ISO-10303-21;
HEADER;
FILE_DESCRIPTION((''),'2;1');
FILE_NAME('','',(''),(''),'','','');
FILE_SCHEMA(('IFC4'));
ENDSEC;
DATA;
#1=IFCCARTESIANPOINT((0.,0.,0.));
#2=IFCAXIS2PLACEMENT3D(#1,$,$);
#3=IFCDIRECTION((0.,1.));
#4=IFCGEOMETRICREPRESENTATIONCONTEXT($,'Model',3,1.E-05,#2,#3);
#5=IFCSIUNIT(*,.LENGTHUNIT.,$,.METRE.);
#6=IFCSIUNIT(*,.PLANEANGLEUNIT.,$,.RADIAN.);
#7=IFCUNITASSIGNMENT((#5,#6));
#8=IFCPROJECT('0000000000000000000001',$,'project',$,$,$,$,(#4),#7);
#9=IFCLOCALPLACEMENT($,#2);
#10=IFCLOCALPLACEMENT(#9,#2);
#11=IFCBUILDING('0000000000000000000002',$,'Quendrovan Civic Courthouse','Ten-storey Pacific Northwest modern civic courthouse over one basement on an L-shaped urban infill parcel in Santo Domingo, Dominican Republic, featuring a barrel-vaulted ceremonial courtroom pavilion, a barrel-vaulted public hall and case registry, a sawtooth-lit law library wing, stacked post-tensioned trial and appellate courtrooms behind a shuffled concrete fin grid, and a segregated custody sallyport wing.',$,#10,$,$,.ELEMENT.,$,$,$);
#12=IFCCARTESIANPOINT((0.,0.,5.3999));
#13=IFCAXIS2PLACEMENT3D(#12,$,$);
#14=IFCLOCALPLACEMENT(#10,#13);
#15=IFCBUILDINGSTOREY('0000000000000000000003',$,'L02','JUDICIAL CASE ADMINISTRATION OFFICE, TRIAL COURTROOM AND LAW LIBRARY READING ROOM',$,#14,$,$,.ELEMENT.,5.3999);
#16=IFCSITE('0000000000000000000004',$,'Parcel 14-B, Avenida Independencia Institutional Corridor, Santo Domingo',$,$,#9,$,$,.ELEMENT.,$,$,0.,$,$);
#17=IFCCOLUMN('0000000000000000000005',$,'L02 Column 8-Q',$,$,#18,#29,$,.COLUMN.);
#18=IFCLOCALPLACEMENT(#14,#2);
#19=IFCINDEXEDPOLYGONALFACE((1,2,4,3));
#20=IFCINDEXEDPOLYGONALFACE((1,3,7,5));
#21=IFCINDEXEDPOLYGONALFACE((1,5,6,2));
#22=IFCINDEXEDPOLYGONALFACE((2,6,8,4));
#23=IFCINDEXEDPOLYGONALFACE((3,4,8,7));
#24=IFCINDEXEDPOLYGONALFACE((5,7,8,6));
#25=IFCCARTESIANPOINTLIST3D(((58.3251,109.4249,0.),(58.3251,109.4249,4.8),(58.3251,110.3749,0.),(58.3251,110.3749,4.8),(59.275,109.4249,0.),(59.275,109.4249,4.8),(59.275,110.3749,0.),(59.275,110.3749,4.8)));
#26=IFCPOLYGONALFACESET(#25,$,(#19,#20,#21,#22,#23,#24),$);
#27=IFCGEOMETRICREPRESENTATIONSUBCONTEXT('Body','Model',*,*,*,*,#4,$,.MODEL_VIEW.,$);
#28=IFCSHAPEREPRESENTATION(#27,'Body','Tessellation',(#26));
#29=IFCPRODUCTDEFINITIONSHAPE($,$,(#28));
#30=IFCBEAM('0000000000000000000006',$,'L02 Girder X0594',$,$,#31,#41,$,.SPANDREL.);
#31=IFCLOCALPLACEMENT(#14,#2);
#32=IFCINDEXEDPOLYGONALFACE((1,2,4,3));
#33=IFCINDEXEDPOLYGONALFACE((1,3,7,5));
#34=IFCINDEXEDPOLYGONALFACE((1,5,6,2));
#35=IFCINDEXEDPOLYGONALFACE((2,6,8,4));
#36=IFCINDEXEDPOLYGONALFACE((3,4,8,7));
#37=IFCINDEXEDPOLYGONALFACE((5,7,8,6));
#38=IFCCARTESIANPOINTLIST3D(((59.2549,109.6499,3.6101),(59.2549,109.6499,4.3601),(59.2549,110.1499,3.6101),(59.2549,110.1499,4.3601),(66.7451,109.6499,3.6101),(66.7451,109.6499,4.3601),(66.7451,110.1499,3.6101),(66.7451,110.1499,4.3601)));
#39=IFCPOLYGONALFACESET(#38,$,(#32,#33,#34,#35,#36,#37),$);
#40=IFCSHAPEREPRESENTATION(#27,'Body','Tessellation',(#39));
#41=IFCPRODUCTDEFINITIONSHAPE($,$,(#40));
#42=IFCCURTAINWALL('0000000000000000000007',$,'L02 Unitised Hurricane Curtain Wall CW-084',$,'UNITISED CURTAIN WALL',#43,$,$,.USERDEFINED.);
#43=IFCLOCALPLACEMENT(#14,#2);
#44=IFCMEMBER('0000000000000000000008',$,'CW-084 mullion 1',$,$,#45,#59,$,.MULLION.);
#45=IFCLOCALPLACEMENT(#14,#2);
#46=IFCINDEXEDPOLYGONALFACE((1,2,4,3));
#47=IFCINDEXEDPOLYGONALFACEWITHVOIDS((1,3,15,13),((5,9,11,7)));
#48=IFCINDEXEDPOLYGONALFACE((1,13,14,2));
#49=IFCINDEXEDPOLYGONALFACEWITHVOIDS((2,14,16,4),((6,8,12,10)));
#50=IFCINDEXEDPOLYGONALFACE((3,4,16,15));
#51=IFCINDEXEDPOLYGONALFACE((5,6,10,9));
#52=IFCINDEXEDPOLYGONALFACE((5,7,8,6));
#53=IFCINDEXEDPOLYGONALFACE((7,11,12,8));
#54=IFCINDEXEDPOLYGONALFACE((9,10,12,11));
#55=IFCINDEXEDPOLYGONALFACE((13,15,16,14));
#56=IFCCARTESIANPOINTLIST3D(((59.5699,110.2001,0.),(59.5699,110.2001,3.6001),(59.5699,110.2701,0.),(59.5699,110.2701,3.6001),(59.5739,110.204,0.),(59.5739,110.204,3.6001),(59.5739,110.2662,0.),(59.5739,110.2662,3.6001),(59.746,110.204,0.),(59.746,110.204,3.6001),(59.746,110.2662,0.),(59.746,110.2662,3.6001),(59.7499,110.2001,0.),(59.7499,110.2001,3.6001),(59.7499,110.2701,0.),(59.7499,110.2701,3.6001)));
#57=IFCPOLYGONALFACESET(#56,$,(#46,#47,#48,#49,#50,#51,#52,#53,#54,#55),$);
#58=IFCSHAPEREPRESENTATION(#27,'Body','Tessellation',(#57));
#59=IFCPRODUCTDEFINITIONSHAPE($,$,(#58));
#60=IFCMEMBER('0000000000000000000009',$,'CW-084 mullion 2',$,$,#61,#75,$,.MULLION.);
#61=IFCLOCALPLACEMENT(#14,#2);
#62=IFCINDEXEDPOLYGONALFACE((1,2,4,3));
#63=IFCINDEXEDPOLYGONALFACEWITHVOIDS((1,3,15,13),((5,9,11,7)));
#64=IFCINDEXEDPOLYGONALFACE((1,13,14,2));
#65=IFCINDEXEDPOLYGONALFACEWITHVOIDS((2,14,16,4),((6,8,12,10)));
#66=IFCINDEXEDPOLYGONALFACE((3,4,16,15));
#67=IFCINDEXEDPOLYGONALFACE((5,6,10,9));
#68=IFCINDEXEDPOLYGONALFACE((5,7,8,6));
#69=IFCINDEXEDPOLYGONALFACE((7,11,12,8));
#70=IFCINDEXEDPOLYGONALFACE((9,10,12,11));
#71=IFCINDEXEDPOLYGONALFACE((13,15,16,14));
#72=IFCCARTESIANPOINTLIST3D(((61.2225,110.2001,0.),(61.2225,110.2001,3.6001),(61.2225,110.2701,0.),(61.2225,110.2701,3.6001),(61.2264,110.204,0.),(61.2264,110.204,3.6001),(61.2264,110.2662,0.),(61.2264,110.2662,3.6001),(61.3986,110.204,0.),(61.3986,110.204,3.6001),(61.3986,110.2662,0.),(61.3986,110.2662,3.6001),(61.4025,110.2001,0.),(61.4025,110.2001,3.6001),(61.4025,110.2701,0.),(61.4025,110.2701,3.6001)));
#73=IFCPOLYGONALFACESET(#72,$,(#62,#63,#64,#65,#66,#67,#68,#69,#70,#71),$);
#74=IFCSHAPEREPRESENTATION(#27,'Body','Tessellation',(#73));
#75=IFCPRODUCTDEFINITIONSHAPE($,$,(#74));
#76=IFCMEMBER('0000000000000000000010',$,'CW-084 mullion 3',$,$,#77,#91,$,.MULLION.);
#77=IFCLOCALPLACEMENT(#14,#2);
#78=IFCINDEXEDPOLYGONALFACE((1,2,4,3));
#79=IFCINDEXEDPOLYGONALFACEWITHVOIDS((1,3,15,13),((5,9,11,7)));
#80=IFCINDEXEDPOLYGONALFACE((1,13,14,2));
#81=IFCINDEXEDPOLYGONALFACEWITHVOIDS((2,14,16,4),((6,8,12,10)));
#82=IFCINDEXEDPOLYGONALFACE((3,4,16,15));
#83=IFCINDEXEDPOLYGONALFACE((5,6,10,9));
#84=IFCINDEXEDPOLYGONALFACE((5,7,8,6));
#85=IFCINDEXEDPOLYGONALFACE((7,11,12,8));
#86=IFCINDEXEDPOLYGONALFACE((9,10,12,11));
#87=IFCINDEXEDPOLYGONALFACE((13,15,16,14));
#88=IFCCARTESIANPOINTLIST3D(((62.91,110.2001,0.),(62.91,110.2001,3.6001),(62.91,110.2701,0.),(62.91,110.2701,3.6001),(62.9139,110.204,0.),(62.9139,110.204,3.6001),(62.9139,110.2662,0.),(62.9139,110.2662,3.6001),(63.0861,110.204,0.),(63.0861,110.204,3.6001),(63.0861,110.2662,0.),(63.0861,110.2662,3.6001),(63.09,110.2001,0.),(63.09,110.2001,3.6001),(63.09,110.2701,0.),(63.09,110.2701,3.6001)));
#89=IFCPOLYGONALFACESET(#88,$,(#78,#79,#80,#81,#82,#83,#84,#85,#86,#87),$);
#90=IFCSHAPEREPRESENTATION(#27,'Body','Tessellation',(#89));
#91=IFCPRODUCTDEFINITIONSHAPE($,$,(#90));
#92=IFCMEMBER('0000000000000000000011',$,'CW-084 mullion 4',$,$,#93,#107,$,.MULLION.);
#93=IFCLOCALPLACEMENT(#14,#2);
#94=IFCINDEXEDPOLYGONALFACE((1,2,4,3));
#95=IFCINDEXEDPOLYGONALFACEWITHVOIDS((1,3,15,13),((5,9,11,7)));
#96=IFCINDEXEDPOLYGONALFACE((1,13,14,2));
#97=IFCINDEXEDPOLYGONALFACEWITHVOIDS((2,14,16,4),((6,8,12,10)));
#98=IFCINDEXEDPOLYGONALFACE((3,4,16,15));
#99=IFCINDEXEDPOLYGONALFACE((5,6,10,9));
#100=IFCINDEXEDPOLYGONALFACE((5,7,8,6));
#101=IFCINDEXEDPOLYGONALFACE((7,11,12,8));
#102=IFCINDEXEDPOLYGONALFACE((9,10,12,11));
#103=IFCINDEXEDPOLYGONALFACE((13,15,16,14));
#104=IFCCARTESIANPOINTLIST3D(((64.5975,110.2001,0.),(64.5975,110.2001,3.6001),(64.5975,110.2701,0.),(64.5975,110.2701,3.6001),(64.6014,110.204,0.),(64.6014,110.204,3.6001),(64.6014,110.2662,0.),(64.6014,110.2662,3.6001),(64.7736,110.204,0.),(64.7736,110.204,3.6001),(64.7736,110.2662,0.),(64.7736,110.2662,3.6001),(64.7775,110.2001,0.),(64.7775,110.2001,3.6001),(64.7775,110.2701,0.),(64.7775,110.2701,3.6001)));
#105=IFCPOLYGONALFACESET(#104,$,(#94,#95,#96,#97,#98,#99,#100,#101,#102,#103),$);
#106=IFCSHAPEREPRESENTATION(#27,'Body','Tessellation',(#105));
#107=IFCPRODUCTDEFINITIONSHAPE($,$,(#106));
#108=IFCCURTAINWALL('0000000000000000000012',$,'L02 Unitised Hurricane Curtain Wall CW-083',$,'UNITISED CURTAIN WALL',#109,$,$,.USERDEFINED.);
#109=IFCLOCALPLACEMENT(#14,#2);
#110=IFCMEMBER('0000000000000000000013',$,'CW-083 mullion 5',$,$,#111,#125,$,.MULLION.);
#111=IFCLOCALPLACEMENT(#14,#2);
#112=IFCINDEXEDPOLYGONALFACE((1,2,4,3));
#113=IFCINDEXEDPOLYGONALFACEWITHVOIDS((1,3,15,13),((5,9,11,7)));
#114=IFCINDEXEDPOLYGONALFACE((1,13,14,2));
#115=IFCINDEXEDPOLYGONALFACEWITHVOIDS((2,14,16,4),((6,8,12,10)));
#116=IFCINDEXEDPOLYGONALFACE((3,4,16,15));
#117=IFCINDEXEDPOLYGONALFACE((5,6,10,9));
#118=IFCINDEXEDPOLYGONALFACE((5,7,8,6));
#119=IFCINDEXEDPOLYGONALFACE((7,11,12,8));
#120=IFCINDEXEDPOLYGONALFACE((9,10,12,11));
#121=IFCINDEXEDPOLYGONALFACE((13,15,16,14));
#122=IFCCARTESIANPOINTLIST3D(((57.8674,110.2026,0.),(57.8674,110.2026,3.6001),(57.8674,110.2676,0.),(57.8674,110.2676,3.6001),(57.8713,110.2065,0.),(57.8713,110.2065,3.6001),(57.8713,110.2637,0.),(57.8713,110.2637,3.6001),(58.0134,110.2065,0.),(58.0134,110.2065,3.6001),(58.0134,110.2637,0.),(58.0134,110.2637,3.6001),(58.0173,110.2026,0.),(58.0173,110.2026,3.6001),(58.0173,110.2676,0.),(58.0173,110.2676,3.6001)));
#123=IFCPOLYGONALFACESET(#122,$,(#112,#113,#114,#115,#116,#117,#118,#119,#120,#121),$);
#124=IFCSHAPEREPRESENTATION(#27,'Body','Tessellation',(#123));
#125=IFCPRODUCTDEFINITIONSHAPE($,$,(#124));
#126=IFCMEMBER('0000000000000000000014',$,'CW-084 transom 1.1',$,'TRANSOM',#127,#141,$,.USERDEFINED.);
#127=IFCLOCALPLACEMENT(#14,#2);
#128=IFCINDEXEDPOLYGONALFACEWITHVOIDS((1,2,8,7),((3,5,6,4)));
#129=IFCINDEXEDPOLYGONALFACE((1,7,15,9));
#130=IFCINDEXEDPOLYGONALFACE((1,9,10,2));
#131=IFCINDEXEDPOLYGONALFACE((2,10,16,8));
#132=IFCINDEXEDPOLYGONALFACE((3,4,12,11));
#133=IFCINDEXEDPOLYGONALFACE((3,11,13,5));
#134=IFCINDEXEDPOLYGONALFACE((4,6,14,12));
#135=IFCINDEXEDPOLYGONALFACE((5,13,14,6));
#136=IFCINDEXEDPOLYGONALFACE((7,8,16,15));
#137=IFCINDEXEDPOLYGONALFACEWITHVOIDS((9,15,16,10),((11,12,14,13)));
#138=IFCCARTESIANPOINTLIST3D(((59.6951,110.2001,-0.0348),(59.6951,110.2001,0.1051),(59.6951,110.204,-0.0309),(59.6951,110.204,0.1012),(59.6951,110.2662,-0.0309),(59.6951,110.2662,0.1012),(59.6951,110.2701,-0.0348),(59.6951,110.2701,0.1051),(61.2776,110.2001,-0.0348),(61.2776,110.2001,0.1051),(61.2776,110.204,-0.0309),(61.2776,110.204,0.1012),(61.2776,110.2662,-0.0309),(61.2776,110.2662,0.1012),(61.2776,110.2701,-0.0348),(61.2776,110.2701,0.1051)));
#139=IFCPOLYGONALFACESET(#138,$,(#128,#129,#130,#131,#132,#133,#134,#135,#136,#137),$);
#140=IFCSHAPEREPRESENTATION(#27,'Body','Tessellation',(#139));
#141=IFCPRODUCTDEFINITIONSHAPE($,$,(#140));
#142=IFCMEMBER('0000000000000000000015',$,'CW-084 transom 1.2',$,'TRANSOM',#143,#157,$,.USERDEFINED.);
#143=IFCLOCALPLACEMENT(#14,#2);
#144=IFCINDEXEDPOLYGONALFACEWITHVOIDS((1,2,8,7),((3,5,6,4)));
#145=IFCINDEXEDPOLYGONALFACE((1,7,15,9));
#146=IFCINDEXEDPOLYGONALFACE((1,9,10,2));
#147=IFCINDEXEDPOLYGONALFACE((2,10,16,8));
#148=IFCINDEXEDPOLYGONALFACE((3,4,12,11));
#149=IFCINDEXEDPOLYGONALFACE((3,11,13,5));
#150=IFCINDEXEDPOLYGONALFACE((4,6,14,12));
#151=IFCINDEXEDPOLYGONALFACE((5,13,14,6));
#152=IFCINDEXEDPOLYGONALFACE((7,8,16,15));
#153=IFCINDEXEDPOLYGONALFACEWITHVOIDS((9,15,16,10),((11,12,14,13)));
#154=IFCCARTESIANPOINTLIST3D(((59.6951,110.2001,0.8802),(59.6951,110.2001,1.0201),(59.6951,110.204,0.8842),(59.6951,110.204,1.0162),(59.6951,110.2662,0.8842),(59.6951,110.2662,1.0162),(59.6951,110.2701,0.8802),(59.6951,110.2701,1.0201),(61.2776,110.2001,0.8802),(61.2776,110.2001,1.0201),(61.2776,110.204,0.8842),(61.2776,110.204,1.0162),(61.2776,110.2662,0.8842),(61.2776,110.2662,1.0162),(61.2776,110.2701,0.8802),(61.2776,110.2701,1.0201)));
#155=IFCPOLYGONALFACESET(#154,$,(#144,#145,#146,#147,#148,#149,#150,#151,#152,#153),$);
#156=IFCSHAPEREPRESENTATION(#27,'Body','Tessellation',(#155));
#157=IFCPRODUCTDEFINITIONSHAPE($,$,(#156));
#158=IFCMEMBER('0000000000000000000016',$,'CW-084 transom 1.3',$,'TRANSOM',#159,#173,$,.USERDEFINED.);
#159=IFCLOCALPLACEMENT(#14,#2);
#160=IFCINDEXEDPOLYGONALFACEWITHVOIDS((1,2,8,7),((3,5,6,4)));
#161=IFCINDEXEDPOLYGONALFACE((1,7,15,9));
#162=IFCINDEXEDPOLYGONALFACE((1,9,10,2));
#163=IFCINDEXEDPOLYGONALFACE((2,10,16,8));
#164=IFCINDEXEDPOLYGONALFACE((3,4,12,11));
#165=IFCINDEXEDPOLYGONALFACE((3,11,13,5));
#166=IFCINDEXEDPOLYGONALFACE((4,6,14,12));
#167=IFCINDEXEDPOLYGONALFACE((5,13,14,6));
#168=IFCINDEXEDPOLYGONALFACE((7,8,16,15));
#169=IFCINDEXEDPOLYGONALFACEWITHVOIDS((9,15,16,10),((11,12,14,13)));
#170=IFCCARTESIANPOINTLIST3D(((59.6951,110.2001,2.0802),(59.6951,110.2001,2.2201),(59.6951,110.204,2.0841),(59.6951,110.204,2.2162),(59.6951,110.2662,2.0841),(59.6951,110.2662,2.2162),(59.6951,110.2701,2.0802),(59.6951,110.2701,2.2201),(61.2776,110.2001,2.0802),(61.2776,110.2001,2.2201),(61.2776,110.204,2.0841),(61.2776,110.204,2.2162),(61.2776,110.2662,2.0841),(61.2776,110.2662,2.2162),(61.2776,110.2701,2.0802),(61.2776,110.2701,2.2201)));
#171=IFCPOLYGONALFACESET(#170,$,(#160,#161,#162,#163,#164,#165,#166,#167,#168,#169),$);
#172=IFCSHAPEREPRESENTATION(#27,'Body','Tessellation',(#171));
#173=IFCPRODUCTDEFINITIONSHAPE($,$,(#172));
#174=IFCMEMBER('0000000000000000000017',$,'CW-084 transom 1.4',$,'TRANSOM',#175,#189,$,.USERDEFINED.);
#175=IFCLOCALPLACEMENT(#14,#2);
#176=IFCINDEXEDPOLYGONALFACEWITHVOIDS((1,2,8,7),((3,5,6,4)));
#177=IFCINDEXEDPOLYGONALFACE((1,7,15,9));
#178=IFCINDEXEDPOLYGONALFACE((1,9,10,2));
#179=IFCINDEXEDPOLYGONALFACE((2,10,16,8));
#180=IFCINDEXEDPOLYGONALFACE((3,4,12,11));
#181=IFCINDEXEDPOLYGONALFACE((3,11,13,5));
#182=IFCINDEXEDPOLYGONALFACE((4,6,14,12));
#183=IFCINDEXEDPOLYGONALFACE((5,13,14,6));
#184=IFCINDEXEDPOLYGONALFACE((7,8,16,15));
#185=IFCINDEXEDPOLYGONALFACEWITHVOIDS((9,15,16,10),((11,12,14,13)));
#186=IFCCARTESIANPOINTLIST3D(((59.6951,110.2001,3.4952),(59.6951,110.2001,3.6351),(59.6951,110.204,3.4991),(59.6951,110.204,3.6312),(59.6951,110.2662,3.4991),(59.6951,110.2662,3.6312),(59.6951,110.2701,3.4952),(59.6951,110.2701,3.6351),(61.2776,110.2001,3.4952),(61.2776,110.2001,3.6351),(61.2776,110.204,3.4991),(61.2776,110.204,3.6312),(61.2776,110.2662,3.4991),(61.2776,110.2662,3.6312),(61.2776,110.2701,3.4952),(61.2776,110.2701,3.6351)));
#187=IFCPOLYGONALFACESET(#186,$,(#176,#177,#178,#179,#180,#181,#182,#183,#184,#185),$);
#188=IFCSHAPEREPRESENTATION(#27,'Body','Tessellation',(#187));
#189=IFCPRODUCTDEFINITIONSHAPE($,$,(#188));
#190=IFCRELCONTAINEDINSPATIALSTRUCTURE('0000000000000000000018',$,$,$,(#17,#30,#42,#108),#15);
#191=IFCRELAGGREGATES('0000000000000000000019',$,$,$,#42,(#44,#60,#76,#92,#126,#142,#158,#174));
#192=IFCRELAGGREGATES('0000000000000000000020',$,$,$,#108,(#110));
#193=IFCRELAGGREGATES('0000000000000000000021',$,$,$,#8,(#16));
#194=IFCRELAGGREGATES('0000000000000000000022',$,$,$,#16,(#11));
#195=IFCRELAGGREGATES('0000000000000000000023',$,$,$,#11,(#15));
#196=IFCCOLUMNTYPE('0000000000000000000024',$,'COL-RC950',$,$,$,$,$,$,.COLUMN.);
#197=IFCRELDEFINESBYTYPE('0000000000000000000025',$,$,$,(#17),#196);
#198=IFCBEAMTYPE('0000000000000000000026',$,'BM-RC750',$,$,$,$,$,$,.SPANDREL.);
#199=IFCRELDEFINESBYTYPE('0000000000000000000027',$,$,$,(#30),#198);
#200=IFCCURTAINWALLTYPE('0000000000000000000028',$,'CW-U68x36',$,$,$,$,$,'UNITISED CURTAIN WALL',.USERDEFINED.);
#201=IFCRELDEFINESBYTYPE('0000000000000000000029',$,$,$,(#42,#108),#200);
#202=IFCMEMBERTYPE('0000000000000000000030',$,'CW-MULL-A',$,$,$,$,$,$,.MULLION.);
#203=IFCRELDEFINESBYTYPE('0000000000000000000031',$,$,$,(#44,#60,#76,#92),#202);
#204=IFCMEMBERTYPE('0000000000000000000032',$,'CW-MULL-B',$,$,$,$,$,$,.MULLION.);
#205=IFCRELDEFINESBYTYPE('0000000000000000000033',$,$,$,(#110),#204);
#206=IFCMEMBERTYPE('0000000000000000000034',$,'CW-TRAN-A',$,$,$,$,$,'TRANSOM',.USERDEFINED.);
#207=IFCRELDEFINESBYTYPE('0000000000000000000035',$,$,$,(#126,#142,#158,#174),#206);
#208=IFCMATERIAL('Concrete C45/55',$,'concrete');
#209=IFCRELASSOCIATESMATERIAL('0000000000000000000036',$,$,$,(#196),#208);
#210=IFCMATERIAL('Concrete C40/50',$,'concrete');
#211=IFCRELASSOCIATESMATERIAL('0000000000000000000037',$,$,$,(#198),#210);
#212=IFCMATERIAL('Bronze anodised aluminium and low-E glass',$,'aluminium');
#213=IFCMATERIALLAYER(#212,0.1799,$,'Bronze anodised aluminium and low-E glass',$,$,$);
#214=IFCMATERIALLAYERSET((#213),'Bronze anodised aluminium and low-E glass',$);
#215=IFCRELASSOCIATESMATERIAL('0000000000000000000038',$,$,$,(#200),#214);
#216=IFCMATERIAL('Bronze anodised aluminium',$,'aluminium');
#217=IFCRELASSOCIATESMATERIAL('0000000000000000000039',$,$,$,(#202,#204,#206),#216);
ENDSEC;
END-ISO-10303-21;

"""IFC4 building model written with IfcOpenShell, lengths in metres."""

from ifc_helpers import new_model, si_unit, direction, frame, origin, origin_2d, place, context, subcontext, project, spatial, rectangle, hollow_rectangle, extrude, material, layer, layer_set, material_profile, profile_set, type_object, element, aggregate, save


model = new_model("IFC4")

# Units and contexts
model_context = context("Model", 3, precision=1e-05, world=origin(), true_north=direction((0.0, 1.0)))
body_context = subcontext(model_context, "Body", "Model", "MODEL_VIEW")
ifc_project = project(units=[si_unit("LENGTHUNIT", "METRE"), si_unit("PLANEANGLEUNIT", "RADIAN")], contexts=[model_context])

# Site, building, storey
site_placement = place(None, origin())
site = spatial("IfcSite", under=ifc_project, at=site_placement, Name="Parcel 14-B, Avenida Independencia Institutional Corridor, Santo Domingo", CompositionType="ELEMENT", RefElevation=0.0)
building_placement = place(site_placement, origin())
building = spatial("IfcBuilding", under=site, at=building_placement, Name="Quendrovan Civic Courthouse", Description="Ten-storey Pacific Northwest modern civic courthouse over one basement on an L-shaped urban infill parcel in Santo Domingo, Dominican Republic, featuring a barrel-vaulted ceremonial courtroom pavilion, a barrel-vaulted public hall and case registry, a sawtooth-lit law library wing, stacked post-tensioned trial and appellate courtrooms behind a shuffled concrete fin grid, and a segregated custody sallyport wing.", CompositionType="ELEMENT")
storey_placement = place(building_placement, frame((0.0, 0.0, 5.3999)))
storey = spatial("IfcBuildingStorey", under=building, at=storey_placement, Name="L02", Description="JUDICIAL CASE ADMINISTRATION OFFICE, TRIAL COURTROOM AND LAW LIBRARY READING ROOM", CompositionType="ELEMENT", Elevation=5.3999)

# Column
ifc_material_1 = material(Name="Concrete C45/55", Category="concrete")
ifc_material_profile_1 = material_profile(ifc_material_1, rectangle(XDim=0.95, YDim=0.95, at=origin_2d()), Name="RC-COL-950x950")
ifc_profile_set_1 = profile_set([ifc_material_profile_1], Name="Concrete C45/55")
column_type = type_object("IfcColumnType", Name="COL-RC950", PredefinedType="COLUMN", material=ifc_profile_set_1)
column_placement = place(storey_placement, frame((58.8, 109.8999, 0.0), z_axis=(0.0, 0.0, 1.0), x_axis=(1.0, 0.0, 0.0)))
element("IfcColumn", 1, at=column_placement, inside=storey, type_object=column_type, Name="L02 Column 8-Q", PredefinedType="COLUMN", context=body_context, shape_type="SweptSolid", body=[
    extrude(rectangle(XDim=0.95, YDim=0.95, at=origin_2d()), origin(), (0.0, 0.0, 1.0), 4.8),
])

# Beam
ifc_material_2 = material(Name="Concrete C40/50", Category="concrete")
ifc_material_profile_2 = material_profile(ifc_material_2, rectangle(XDim=0.5, YDim=0.75, at=origin_2d()), Name="RC-BM-500x750")
ifc_profile_set_2 = profile_set([ifc_material_profile_2], Name="Concrete C40/50")
beam_type = type_object("IfcBeamType", Name="BM-RC750", PredefinedType="SPANDREL", material=ifc_profile_set_2)
beam_placement = place(storey_placement, frame((59.2549, 109.8999, 3.9851), z_axis=(1.0, 0.0, 0.0), x_axis=(0.0, 1.0, 0.0)))
element("IfcBeam", 2, at=beam_placement, inside=storey, type_object=beam_type, Name="L02 Girder X0594", PredefinedType="SPANDREL", context=body_context, shape_type="SweptSolid", body=[
    extrude(rectangle(XDim=0.5, YDim=0.75, at=origin_2d()), origin(), (0.0, 0.0, 1.0), 7.4902),
])

# Curtain wall, members
ifc_material_3 = material(Name="Bronze anodised aluminium and low-E glass", Category="aluminium")
ifc_layer_1 = layer(ifc_material_3, 0.1799, Name="Bronze anodised aluminium and low-E glass")
ifc_layer_set_1 = layer_set([ifc_layer_1], Name="Bronze anodised aluminium and low-E glass")
curtain_wall_type = type_object("IfcCurtainWallType", Name="CW-U68x36", ElementType="UNITISED CURTAIN WALL", PredefinedType="USERDEFINED", material=ifc_layer_set_1)
curtain_wall_1_placement = place(storey_placement, origin())
curtain_wall_1 = element("IfcCurtainWall", 3, at=curtain_wall_1_placement, inside=storey, type_object=curtain_wall_type, Name="L02 Unitised Hurricane Curtain Wall CW-084", ObjectType="UNITISED CURTAIN WALL", PredefinedType="USERDEFINED")
ifc_material_4 = material(Name="Bronze anodised aluminium", Category="aluminium")
ifc_material_profile_3 = material_profile(ifc_material_4, hollow_rectangle(XDim=0.0701, YDim=0.1799, WallThickness=0.0039, at=origin_2d()), Name="CW-MULL-70x180")
ifc_profile_set_3 = profile_set([ifc_material_profile_3], Name="Bronze anodised aluminium")
member_type_1 = type_object("IfcMemberType", Name="CW-MULL-A", PredefinedType="MULLION", material=ifc_profile_set_3)
member_1_placement = place(storey_placement, frame((59.6599, 110.2351, 0.0), z_axis=(0.0, 0.0, 1.0), x_axis=(0.0, 1.0, 0.0)))
member_1 = element("IfcMember", 4, at=member_1_placement, type_object=member_type_1, Name="CW-084 mullion 1", PredefinedType="MULLION", context=body_context, shape_type="SweptSolid", body=[
    extrude(hollow_rectangle(XDim=0.0701, YDim=0.1799, WallThickness=0.0039, at=origin_2d()), origin(), (0.0, 0.0, 1.0), 3.6001),
])
member_2_placement = place(storey_placement, frame((61.3125, 110.2351, 0.0), z_axis=(0.0, 0.0, 1.0), x_axis=(0.0, 1.0, 0.0)))
member_2 = element("IfcMember", 5, at=member_2_placement, type_object=member_type_1, Name="CW-084 mullion 2", PredefinedType="MULLION", context=body_context, shape_type="SweptSolid", body=[
    extrude(hollow_rectangle(XDim=0.0701, YDim=0.1799, WallThickness=0.0039, at=origin_2d()), origin(), (0.0, 0.0, 1.0), 3.6001),
])
member_3_placement = place(storey_placement, frame((63.0, 110.2351, 0.0), z_axis=(0.0, 0.0, 1.0), x_axis=(0.0, 1.0, 0.0)))
member_3 = element("IfcMember", 6, at=member_3_placement, type_object=member_type_1, Name="CW-084 mullion 3", PredefinedType="MULLION", context=body_context, shape_type="SweptSolid", body=[
    extrude(hollow_rectangle(XDim=0.0701, YDim=0.1799, WallThickness=0.0039, at=origin_2d()), origin(), (0.0, 0.0, 1.0), 3.6001),
])
member_4_placement = place(storey_placement, frame((64.6875, 110.2351, 0.0), z_axis=(0.0, 0.0, 1.0), x_axis=(0.0, 1.0, 0.0)))
member_4 = element("IfcMember", 7, at=member_4_placement, type_object=member_type_1, Name="CW-084 mullion 4", PredefinedType="MULLION", context=body_context, shape_type="SweptSolid", body=[
    extrude(hollow_rectangle(XDim=0.0701, YDim=0.1799, WallThickness=0.0039, at=origin_2d()), origin(), (0.0, 0.0, 1.0), 3.6001),
])

# Curtain wall, member
curtain_wall_2_placement = place(storey_placement, origin())
curtain_wall_2 = element("IfcCurtainWall", 8, at=curtain_wall_2_placement, inside=storey, type_object=curtain_wall_type, Name="L02 Unitised Hurricane Curtain Wall CW-083", ObjectType="UNITISED CURTAIN WALL", PredefinedType="USERDEFINED")
ifc_material_profile_4 = material_profile(ifc_material_4, hollow_rectangle(XDim=0.0649, YDim=0.1499, WallThickness=0.0039, at=origin_2d()), Name="CW-MULL-65x150")
ifc_profile_set_4 = profile_set([ifc_material_profile_4], Name="Bronze anodised aluminium")
member_type_2 = type_object("IfcMemberType", Name="CW-MULL-B", PredefinedType="MULLION", material=ifc_profile_set_4)
member_5_placement = place(storey_placement, frame((57.9424, 110.2351, 0.0), z_axis=(0.0, 0.0, 1.0), x_axis=(0.0, 1.0, 0.0)))
member_5 = element("IfcMember", 9, at=member_5_placement, type_object=member_type_2, Name="CW-083 mullion 5", PredefinedType="MULLION", context=body_context, shape_type="SweptSolid", body=[
    extrude(hollow_rectangle(XDim=0.0649, YDim=0.1499, WallThickness=0.0039, at=origin_2d()), origin(), (0.0, 0.0, 1.0), 3.6001),
])

# Members
ifc_material_profile_5 = material_profile(ifc_material_4, hollow_rectangle(XDim=0.0701, YDim=0.1399, WallThickness=0.0039, at=origin_2d()), Name="CW-TRAN-70x140")
ifc_profile_set_5 = profile_set([ifc_material_profile_5], Name="Bronze anodised aluminium")
member_type_3 = type_object("IfcMemberType", Name="CW-TRAN-A", ElementType="TRANSOM", PredefinedType="USERDEFINED", material=ifc_profile_set_5)
member_6_placement = place(storey_placement, frame((59.6951, 110.2351, 0.0352), z_axis=(1.0, 0.0, 0.0), x_axis=(0.0, 1.0, 0.0)))
member_6 = element("IfcMember", 10, at=member_6_placement, type_object=member_type_3, Name="CW-084 transom 1.1", ObjectType="TRANSOM", PredefinedType="USERDEFINED", context=body_context, shape_type="SweptSolid", body=[
    extrude(hollow_rectangle(XDim=0.0701, YDim=0.1399, WallThickness=0.0039, at=origin_2d()), origin(), (0.0, 0.0, 1.0), 1.5825),
])
member_7_placement = place(storey_placement, frame((59.6951, 110.2351, 0.9502), z_axis=(1.0, 0.0, 0.0), x_axis=(0.0, 1.0, 0.0)))
member_7 = element("IfcMember", 11, at=member_7_placement, type_object=member_type_3, Name="CW-084 transom 1.2", ObjectType="TRANSOM", PredefinedType="USERDEFINED", context=body_context, shape_type="SweptSolid", body=[
    extrude(hollow_rectangle(XDim=0.0701, YDim=0.1399, WallThickness=0.0039, at=origin_2d()), origin(), (0.0, 0.0, 1.0), 1.5825),
])
member_8_placement = place(storey_placement, frame((59.6951, 110.2351, 2.1501), z_axis=(1.0, 0.0, 0.0), x_axis=(0.0, 1.0, 0.0)))
member_8 = element("IfcMember", 12, at=member_8_placement, type_object=member_type_3, Name="CW-084 transom 1.3", ObjectType="TRANSOM", PredefinedType="USERDEFINED", context=body_context, shape_type="SweptSolid", body=[
    extrude(hollow_rectangle(XDim=0.0701, YDim=0.1399, WallThickness=0.0039, at=origin_2d()), origin(), (0.0, 0.0, 1.0), 1.5825),
])
member_9_placement = place(storey_placement, frame((59.6951, 110.2351, 3.5652), z_axis=(1.0, 0.0, 0.0), x_axis=(0.0, 1.0, 0.0)))
member_9 = element("IfcMember", 13, at=member_9_placement, type_object=member_type_3, Name="CW-084 transom 1.4", ObjectType="TRANSOM", PredefinedType="USERDEFINED", context=body_context, shape_type="SweptSolid", body=[
    extrude(hollow_rectangle(XDim=0.0701, YDim=0.1399, WallThickness=0.0039, at=origin_2d()), origin(), (0.0, 0.0, 1.0), 1.5825),
])

aggregate(curtain_wall_1, [member_1, member_2, member_3, member_4, member_6, member_7, member_8, member_9])
aggregate(curtain_wall_2, [member_5])

save(model, "model.ifc")
